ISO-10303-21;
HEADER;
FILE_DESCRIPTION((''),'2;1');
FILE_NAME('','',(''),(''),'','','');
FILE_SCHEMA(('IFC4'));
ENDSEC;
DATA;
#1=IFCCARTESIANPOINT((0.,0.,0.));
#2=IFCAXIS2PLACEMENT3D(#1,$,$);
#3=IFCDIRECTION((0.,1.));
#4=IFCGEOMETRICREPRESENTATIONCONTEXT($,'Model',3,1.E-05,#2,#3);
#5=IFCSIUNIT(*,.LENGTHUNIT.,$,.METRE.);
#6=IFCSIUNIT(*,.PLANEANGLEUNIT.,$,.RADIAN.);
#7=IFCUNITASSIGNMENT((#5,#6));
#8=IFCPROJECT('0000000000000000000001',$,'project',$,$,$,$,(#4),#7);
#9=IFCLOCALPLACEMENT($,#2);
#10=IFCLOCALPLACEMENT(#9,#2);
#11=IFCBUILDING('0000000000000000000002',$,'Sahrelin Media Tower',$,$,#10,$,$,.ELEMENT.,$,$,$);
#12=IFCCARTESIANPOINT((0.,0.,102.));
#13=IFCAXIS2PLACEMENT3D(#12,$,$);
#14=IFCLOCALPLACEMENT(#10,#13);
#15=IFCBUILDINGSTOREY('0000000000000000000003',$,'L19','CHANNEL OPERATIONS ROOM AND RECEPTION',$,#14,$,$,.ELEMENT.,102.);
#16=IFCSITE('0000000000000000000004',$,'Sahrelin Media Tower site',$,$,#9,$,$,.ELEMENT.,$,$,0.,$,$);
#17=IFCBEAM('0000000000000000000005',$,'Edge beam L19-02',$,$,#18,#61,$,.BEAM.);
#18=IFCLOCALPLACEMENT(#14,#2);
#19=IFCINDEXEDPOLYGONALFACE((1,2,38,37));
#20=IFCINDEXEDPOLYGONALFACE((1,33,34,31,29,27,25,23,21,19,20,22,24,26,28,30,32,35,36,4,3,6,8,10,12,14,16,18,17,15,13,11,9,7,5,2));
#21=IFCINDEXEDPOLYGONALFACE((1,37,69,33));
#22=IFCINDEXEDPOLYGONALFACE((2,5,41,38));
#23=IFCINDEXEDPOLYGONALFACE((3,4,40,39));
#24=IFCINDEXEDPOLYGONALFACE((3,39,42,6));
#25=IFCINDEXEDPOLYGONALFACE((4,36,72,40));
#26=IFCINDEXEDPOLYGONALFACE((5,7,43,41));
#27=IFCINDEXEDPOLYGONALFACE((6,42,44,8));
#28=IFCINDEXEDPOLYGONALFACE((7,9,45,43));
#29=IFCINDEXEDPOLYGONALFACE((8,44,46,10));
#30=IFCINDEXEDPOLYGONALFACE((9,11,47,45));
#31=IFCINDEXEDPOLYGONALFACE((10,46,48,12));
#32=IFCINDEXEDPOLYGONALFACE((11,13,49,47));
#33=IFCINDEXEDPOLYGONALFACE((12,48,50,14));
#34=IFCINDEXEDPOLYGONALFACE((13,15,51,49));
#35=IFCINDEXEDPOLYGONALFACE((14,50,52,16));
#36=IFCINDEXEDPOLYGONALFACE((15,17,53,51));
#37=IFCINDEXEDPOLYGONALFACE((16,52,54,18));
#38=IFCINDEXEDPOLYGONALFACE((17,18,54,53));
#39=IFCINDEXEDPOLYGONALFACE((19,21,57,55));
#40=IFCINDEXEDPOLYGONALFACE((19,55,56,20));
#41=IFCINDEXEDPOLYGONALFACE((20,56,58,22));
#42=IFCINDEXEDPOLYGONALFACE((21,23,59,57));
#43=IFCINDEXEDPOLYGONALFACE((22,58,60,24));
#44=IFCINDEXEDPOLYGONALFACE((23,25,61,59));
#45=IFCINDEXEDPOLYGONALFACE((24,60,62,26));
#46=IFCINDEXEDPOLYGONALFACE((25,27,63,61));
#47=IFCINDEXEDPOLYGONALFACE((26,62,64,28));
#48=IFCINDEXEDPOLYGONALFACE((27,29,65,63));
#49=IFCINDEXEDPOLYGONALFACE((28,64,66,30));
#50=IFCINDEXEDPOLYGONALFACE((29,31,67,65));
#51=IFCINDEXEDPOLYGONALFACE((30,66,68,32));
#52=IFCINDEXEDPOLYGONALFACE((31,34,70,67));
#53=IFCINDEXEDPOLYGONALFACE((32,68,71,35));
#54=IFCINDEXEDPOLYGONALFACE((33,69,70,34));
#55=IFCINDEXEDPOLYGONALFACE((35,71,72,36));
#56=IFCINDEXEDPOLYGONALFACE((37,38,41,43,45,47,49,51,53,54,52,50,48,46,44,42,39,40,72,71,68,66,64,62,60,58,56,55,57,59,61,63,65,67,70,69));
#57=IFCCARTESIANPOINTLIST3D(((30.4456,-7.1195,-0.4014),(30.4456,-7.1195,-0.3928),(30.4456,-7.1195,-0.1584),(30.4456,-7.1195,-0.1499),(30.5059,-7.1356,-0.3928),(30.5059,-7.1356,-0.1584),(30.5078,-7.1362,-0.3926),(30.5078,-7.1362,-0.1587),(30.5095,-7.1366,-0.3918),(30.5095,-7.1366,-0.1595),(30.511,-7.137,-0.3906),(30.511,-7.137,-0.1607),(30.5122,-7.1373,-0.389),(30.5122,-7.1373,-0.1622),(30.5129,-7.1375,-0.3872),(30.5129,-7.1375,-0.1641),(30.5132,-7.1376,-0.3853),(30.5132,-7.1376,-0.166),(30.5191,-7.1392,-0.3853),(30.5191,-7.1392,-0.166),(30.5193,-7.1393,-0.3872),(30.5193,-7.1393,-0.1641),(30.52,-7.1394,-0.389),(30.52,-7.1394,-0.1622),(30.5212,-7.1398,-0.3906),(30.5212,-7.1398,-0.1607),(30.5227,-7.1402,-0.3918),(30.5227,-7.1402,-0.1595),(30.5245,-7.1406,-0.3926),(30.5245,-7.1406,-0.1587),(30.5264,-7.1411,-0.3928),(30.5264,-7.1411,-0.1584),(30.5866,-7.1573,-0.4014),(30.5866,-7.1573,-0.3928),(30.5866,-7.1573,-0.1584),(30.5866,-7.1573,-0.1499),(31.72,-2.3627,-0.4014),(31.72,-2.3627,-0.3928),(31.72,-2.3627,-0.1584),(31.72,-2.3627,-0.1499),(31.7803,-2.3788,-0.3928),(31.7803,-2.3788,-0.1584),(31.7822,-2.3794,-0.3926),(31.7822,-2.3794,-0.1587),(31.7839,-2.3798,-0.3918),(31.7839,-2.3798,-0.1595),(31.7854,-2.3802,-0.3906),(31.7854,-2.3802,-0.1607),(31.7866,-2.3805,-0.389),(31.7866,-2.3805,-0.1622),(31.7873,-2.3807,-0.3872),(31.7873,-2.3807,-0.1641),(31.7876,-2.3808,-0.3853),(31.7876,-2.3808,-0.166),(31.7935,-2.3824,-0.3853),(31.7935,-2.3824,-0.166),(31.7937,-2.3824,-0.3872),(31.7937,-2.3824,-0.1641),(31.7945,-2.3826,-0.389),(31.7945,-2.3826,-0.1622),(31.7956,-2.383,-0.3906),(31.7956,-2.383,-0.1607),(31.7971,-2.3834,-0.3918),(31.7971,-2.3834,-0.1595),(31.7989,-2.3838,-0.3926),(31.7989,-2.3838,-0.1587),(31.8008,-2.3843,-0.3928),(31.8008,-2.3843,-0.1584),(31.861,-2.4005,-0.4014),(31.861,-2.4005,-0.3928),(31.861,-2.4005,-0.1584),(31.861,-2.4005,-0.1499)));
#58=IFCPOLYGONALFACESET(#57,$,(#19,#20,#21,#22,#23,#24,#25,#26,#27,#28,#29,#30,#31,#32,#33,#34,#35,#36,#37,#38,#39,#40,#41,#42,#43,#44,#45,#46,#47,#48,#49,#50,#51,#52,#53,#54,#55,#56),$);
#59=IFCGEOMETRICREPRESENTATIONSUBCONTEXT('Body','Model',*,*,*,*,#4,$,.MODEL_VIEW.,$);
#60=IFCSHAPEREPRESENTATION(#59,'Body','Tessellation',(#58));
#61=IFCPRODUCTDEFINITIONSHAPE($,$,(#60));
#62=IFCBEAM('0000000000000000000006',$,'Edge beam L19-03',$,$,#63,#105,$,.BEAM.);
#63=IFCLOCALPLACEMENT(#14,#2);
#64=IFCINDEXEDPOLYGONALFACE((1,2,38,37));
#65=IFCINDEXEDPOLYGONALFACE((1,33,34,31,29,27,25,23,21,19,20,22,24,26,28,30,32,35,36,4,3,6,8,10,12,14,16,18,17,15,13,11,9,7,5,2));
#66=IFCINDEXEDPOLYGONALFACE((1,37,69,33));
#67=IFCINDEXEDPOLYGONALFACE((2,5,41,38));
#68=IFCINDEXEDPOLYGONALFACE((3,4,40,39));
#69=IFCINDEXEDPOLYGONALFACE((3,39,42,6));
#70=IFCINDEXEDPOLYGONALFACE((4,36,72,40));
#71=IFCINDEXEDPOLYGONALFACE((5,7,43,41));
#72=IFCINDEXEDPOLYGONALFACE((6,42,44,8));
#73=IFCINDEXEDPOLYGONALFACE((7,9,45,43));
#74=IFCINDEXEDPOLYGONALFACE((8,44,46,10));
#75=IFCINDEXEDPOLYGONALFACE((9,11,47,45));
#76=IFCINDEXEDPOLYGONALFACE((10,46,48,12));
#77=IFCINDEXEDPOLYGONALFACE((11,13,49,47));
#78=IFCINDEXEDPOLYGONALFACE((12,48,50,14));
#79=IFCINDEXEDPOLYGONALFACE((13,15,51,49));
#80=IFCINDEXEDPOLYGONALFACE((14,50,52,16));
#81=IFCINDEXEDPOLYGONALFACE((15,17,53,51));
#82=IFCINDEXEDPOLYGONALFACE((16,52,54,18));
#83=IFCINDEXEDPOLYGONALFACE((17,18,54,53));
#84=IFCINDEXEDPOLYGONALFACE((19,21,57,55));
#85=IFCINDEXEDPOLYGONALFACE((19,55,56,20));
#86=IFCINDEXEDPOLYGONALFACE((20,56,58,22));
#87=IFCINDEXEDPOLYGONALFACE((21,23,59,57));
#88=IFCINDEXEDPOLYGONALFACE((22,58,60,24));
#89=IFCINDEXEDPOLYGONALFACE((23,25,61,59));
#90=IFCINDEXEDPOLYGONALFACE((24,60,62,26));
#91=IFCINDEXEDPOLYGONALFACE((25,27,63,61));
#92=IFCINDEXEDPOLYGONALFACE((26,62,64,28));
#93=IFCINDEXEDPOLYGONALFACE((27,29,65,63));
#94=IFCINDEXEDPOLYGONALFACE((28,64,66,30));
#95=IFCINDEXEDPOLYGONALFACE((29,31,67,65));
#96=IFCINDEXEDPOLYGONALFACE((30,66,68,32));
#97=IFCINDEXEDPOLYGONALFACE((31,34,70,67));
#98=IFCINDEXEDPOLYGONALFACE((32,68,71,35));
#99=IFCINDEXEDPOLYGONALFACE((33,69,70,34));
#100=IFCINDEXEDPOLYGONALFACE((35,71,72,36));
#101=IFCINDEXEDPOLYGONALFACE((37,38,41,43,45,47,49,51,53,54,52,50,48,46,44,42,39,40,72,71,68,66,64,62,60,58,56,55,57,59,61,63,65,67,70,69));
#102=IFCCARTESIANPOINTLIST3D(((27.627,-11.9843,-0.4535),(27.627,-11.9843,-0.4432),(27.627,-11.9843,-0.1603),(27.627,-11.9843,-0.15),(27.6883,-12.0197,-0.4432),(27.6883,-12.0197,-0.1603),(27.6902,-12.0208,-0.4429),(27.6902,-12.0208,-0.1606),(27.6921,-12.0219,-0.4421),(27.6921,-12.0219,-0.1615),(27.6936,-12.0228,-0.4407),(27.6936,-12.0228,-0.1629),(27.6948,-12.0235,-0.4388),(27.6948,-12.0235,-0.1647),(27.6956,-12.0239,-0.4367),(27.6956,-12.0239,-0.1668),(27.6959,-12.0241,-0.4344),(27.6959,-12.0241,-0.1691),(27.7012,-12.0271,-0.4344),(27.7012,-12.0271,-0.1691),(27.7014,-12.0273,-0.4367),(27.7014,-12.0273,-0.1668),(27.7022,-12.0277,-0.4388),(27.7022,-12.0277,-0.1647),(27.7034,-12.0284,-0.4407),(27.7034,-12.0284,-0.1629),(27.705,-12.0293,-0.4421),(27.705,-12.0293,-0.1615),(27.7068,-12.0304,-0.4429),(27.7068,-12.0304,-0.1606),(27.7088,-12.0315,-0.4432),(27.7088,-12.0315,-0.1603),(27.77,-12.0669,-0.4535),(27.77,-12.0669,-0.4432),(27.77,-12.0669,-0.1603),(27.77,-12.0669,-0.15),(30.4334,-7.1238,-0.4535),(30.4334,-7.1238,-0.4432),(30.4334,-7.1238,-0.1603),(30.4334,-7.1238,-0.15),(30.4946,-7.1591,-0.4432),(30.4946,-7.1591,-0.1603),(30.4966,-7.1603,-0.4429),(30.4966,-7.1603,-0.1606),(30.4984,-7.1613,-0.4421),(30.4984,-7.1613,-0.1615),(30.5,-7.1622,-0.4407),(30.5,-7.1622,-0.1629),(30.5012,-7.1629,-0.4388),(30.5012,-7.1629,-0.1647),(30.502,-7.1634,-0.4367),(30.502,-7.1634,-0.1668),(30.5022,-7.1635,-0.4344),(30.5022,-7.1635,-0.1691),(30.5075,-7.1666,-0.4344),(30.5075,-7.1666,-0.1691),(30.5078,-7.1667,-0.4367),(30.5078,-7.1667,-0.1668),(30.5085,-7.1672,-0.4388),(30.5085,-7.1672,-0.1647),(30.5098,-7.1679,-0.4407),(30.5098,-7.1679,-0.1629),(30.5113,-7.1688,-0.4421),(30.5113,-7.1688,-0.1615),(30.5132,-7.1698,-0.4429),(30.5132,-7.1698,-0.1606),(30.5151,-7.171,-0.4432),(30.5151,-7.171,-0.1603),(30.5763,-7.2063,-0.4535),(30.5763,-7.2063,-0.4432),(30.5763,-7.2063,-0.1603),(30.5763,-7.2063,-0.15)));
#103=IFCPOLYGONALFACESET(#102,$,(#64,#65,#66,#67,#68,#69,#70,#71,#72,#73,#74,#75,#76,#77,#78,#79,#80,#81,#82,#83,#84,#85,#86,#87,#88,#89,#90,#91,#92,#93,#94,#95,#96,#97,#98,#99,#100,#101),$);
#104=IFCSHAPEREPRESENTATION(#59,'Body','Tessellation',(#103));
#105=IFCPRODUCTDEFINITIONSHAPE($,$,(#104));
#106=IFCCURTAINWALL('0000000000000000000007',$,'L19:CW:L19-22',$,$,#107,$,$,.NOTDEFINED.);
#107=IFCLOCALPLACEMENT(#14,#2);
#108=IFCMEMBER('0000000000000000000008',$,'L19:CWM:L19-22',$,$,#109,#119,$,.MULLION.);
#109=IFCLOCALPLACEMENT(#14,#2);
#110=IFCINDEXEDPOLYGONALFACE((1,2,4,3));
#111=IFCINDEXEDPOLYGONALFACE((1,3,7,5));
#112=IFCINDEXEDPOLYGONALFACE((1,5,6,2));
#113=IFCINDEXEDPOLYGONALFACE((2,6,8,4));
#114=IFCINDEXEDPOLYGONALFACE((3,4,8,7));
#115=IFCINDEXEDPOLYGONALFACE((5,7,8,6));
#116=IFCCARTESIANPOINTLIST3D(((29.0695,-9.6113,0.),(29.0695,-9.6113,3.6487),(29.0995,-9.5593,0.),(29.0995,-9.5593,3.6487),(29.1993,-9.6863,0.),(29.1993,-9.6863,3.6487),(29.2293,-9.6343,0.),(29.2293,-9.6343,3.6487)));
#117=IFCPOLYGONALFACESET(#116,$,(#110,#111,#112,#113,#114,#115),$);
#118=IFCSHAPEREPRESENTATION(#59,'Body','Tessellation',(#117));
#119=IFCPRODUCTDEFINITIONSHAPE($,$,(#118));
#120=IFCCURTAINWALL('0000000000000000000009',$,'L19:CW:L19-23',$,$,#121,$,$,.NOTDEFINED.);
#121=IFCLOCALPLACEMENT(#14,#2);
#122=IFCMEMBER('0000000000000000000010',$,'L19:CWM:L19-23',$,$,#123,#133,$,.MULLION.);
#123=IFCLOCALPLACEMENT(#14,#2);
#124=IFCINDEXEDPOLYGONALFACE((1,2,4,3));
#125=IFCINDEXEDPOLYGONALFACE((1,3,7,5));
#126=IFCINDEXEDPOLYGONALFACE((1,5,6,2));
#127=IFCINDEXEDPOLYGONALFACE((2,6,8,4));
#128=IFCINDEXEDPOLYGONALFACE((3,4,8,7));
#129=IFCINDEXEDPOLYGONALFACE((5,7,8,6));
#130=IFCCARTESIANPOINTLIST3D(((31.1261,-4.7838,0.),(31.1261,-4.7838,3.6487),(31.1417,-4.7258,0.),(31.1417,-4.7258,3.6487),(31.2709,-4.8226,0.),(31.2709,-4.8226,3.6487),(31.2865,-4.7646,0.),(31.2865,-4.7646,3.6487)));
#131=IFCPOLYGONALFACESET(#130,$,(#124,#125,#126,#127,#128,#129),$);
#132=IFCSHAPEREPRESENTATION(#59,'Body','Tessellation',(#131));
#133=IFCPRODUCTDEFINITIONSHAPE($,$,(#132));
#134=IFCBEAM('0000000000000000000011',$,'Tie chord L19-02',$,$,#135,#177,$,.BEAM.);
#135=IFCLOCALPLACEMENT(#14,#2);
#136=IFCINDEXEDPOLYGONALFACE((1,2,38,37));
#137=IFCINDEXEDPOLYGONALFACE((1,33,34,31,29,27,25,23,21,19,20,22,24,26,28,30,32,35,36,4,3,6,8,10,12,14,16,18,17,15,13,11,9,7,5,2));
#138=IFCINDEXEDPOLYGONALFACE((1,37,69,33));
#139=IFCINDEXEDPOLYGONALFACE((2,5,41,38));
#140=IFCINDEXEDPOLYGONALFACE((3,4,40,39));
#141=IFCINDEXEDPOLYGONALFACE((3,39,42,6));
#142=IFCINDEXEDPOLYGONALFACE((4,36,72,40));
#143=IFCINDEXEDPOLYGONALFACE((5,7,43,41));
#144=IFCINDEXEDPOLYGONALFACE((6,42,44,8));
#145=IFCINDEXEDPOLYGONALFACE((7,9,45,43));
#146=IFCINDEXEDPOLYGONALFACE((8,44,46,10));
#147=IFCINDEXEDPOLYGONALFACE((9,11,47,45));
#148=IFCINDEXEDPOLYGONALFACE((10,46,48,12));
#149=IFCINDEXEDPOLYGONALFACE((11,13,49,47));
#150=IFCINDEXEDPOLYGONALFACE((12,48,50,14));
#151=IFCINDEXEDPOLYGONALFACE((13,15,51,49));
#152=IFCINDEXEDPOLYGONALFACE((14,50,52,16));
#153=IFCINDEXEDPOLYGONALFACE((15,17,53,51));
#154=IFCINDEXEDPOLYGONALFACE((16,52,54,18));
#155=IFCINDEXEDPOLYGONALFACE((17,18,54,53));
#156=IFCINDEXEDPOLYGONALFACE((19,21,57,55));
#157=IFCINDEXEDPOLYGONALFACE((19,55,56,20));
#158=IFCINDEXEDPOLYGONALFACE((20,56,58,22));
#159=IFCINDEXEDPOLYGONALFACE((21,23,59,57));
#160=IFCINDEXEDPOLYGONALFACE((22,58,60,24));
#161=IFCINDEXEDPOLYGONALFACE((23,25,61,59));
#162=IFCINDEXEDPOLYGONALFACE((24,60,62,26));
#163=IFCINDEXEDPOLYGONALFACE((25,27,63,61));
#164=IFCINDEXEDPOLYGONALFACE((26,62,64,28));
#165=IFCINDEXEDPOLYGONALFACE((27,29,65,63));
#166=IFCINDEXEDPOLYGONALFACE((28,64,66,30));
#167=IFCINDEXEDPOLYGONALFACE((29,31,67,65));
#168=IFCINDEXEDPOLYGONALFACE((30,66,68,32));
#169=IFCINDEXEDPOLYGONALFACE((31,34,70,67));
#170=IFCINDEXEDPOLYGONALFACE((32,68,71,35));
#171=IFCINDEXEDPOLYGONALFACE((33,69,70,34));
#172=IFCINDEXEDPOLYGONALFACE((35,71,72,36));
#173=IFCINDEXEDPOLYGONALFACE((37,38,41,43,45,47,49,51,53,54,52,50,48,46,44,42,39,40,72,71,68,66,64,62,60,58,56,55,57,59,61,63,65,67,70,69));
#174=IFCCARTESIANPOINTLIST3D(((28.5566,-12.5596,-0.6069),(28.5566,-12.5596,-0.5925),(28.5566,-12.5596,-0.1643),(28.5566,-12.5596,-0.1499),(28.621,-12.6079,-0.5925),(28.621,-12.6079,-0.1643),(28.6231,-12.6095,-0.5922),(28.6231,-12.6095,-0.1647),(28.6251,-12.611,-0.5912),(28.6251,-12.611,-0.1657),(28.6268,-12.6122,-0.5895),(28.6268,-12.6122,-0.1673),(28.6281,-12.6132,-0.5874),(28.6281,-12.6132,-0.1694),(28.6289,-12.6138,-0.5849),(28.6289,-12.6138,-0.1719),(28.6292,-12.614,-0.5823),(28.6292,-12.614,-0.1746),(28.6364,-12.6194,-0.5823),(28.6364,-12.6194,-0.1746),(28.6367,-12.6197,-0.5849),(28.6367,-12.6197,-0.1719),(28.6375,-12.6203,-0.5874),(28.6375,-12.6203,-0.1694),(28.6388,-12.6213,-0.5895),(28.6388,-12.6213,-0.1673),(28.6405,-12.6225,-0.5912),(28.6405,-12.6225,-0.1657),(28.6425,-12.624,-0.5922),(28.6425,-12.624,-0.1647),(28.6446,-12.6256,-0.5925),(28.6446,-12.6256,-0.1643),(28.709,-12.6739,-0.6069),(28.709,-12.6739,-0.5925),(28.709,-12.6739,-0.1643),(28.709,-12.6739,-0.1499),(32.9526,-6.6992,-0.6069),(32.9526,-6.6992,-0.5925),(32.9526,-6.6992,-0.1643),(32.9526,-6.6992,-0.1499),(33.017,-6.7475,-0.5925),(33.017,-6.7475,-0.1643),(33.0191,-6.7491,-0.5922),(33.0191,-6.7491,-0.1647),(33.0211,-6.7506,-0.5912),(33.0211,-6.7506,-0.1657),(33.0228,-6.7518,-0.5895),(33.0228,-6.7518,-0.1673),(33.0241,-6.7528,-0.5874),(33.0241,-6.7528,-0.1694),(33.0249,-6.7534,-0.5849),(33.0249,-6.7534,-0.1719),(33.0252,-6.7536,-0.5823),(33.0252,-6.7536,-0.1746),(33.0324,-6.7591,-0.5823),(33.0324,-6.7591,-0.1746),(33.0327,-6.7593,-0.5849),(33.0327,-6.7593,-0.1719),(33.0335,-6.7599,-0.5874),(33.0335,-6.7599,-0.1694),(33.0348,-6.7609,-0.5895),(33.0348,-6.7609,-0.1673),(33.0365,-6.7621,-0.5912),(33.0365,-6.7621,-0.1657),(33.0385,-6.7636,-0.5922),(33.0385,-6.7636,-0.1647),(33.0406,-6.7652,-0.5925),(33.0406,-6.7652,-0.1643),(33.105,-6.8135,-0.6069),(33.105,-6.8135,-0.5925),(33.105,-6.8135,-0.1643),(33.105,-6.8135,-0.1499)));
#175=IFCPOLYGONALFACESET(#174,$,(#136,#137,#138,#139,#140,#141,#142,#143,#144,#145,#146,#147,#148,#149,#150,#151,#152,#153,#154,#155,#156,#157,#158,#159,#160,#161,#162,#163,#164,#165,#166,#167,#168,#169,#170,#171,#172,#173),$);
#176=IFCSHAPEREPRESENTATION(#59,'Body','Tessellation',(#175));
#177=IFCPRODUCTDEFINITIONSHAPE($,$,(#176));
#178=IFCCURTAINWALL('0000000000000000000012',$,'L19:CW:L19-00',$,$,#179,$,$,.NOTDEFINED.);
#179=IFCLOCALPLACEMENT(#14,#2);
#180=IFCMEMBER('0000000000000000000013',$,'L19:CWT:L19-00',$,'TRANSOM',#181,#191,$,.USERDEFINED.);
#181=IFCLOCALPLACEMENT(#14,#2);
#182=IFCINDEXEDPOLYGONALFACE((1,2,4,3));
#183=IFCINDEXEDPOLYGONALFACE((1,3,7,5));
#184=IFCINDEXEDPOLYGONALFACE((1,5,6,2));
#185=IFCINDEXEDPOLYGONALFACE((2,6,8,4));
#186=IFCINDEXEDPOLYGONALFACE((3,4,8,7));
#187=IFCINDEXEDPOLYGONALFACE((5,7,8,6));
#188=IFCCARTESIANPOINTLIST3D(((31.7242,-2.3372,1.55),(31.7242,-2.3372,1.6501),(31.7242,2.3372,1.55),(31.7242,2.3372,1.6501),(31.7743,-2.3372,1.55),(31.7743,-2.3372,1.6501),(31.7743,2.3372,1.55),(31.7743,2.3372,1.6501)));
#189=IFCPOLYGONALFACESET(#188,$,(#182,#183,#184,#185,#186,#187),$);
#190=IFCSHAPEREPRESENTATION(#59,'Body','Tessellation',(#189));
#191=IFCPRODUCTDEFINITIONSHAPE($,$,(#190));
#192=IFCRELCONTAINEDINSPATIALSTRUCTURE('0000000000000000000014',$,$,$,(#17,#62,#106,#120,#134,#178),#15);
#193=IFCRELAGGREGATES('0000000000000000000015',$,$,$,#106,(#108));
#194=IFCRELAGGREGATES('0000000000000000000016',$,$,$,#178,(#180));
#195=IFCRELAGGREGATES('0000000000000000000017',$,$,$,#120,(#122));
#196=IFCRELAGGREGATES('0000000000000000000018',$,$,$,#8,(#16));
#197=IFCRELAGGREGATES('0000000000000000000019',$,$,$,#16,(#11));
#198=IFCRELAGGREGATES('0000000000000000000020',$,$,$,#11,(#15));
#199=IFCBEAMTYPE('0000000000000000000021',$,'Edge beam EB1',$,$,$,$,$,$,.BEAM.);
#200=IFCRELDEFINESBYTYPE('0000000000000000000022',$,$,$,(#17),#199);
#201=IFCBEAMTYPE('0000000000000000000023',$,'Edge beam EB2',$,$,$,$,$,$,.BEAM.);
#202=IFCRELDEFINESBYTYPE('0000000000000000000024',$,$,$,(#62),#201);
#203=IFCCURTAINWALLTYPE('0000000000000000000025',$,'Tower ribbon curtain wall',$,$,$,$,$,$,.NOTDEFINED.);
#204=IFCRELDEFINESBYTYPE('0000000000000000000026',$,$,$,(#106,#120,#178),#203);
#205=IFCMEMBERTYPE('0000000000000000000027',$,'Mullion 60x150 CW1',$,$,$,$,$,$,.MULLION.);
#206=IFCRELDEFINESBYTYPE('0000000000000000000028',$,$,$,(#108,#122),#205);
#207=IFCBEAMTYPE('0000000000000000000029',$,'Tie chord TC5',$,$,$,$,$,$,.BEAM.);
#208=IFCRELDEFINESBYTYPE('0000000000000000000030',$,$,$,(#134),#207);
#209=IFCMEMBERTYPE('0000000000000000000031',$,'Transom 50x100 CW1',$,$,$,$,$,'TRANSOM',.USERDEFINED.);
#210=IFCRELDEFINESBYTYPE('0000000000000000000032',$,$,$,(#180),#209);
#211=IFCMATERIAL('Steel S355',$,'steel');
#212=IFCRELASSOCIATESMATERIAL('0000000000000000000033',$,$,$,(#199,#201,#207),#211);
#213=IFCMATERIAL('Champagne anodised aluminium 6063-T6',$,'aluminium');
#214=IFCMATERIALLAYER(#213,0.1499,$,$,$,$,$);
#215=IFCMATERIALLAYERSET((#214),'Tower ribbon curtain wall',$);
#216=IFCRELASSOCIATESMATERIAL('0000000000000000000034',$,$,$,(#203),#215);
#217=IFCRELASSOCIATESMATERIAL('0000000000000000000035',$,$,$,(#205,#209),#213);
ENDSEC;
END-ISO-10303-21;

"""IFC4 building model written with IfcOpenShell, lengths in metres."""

from ifc_helpers import new_model, si_unit, direction, frame, origin, origin_2d, place, context, subcontext, project, spatial, rectangle, i_section, extrude, material, layer, layer_set, material_profile, profile_set, type_object, element, aggregate, save


model = new_model("IFC4")

# Units and contexts
model_context = context("Model", 3, precision=1e-05, world=origin(), true_north=direction((0.0, 1.0)))
body_context = subcontext(model_context, "Body", "Model", "MODEL_VIEW")
ifc_project = project(units=[si_unit("LENGTHUNIT", "METRE"), si_unit("PLANEANGLEUNIT", "RADIAN")], contexts=[model_context])

# Site, building, storey
site_placement = place(None, origin())
site = spatial("IfcSite", under=ifc_project, at=site_placement, Name="Sahrelin Media Tower site", CompositionType="ELEMENT", RefElevation=0.0)
building_placement = place(site_placement, origin())
building = spatial("IfcBuilding", under=site, at=building_placement, Name="Sahrelin Media Tower", CompositionType="ELEMENT")
storey_placement = place(building_placement, frame((0.0, 0.0, 102.0)))
storey = spatial("IfcBuildingStorey", under=building, at=storey_placement, Name="L19", Description="CHANNEL OPERATIONS ROOM AND RECEPTION", CompositionType="ELEMENT", Elevation=102.0)

# Beams
ifc_material_1 = material(Name="Steel S355", Category="steel")
ifc_material_profile_1 = material_profile(ifc_material_1, i_section(OverallWidth=0.146, OverallDepth=0.2515, WebThickness=0.0061, FlangeThickness=0.0085, FilletRadius=0.0076, at=origin_2d()), Name="UB 254x146x31")
ifc_profile_set_1 = profile_set([ifc_material_profile_1], Name="Steel S355")
beam_type_1 = type_object("IfcBeamType", Name="Edge beam EB1", PredefinedType="BEAM", material=ifc_profile_set_1)
beam_1_placement = place(storey_placement, frame((31.7905, -2.3816, -0.2756), z_axis=(-0.258786, -0.965935, 0.0), x_axis=(0.965935, -0.258786, 0.0)))
element("IfcBeam", 1, at=beam_1_placement, inside=storey, type_object=beam_type_1, Name="Edge beam L19-02", PredefinedType="BEAM", context=body_context, shape_type="SweptSolid", body=[
    extrude(i_section(OverallWidth=0.146, OverallDepth=0.2515, WebThickness=0.0061, FlangeThickness=0.0085, FilletRadius=0.0076, at=origin_2d()), origin(), (0.0, 0.0, 1.0), 4.9246),
])
ifc_material_profile_2 = material_profile(ifc_material_1, i_section(OverallWidth=0.165, OverallDepth=0.3035, WebThickness=0.0061, FlangeThickness=0.0103, FilletRadius=0.0088, at=origin_2d()), Name="UB 305x165x40")
ifc_profile_set_2 = profile_set([ifc_material_profile_2], Name="Steel S355")
beam_type_2 = type_object("IfcBeamType", Name="Edge beam EB2", PredefinedType="BEAM", material=ifc_profile_set_2)
beam_2_placement = place(storey_placement, frame((30.5049, -7.165, -0.3018), z_axis=(-0.500017, -0.866015, 0.0), x_axis=(0.866015, -0.500017, 0.0)))
element("IfcBeam", 2, at=beam_2_placement, inside=storey, type_object=beam_type_2, Name="Edge beam L19-03", PredefinedType="BEAM", context=body_context, shape_type="SweptSolid", body=[
    extrude(i_section(OverallWidth=0.165, OverallDepth=0.3035, WebThickness=0.0061, FlangeThickness=0.0103, FilletRadius=0.0088, at=origin_2d()), origin(), (0.0, 0.0, 1.0), 5.6125),
])

# Curtain walls, members
ifc_material_2 = material(Name="Champagne anodised aluminium 6063-T6", Category="aluminium")
ifc_layer_1 = layer(ifc_material_2, 0.1499)
ifc_layer_set_1 = layer_set([ifc_layer_1], Name="Tower ribbon curtain wall")
curtain_wall_type = type_object("IfcCurtainWallType", Name="Tower ribbon curtain wall", PredefinedType="NOTDEFINED", material=ifc_layer_set_1)
curtain_wall_1_placement = place(storey_placement, frame((29.2317, -9.6704, 0.0), z_axis=(0.0, 0.0, 1.0), x_axis=(1.0, 0.0, 0.0)))
curtain_wall_1 = element("IfcCurtainWall", 3, at=curtain_wall_1_placement, inside=storey, type_object=curtain_wall_type, Name="L19:CW:L19-22", PredefinedType="NOTDEFINED")
ifc_material_profile_3 = material_profile(ifc_material_2, rectangle(XDim=0.0601, YDim=0.1499, at=origin_2d()), Name="Mullion 60x150")
ifc_profile_set_3 = profile_set([ifc_material_profile_3], Name="Champagne anodised aluminium 6063-T6")
member_type_1 = type_object("IfcMemberType", Name="Mullion 60x150 CW1", PredefinedType="MULLION", material=ifc_profile_set_3)
member_1_placement = place(storey_placement, frame((29.1494, -9.6228, 0.0), z_axis=(0.0, 0.0, 1.0), x_axis=(0.500005, 0.866023, 0.0)))
member_1 = element("IfcMember", 4, at=member_1_placement, type_object=member_type_1, Name="L19:CWM:L19-22", PredefinedType="MULLION", context=body_context, shape_type="SweptSolid", body=[
    extrude(rectangle(XDim=0.0601, YDim=0.1499, at=origin_2d()), origin(), (0.0, 0.0, 1.0), 3.6487),
])
aggregate(curtain_wall_1, [member_1])
curtain_wall_2_placement = place(storey_placement, frame((31.2981, -4.7988, 0.0), z_axis=(0.0, 0.0, 1.0), x_axis=(1.0, 0.0, 0.0)))
curtain_wall_2 = element("IfcCurtainWall", 5, at=curtain_wall_2_placement, inside=storey, type_object=curtain_wall_type, Name="L19:CW:L19-23", PredefinedType="NOTDEFINED")
member_2_placement = place(storey_placement, frame((31.2063, -4.7742, 0.0), z_axis=(0.0, 0.0, 1.0), x_axis=(0.258811, 0.965928, 0.0)))
member_2 = element("IfcMember", 6, at=member_2_placement, type_object=member_type_1, Name="L19:CWM:L19-23", PredefinedType="MULLION", context=body_context, shape_type="SweptSolid", body=[
    extrude(rectangle(XDim=0.0601, YDim=0.1499, at=origin_2d()), origin(), (0.0, 0.0, 1.0), 3.6487),
])

# Beam
ifc_material_profile_4 = material_profile(ifc_material_1, i_section(OverallWidth=0.1904, OverallDepth=0.457, WebThickness=0.009, FlangeThickness=0.0144, FilletRadius=0.0103, at=origin_2d()), Name="UB 457x191x74")
ifc_profile_set_4 = profile_set([ifc_material_profile_4], Name="Steel S355")
beam_type_3 = type_object("IfcBeamType", Name="Tie chord TC5", PredefinedType="BEAM", material=ifc_profile_set_4)
beam_3_placement = place(storey_placement, frame((33.0288, -6.7563, -0.3784), z_axis=(-0.600064, -0.799952, 0.0), x_axis=(0.799952, -0.600064, 0.0)))
element("IfcBeam", 7, at=beam_3_placement, inside=storey, type_object=beam_type_3, Name="Tie chord L19-02", PredefinedType="BEAM", context=body_context, shape_type="SweptSolid", body=[
    extrude(i_section(OverallWidth=0.1904, OverallDepth=0.457, WebThickness=0.009, FlangeThickness=0.0144, FilletRadius=0.0103, at=origin_2d()), origin(), (0.0, 0.0, 1.0), 7.3259),
])

# Curtain wall, member
curtain_wall_3_placement = place(storey_placement, frame((31.9443, 0.0, 0.0), z_axis=(0.0, 0.0, 1.0), x_axis=(1.0, 0.0, 0.0)))
curtain_wall_3 = element("IfcCurtainWall", 8, at=curtain_wall_3_placement, inside=storey, type_object=curtain_wall_type, Name="L19:CW:L19-00", PredefinedType="NOTDEFINED")
ifc_material_profile_5 = material_profile(ifc_material_2, rectangle(XDim=0.05, YDim=0.1001, at=origin_2d()), Name="Transom 50x100")
ifc_profile_set_5 = profile_set([ifc_material_profile_5], Name="Champagne anodised aluminium 6063-T6")
member_type_2 = type_object("IfcMemberType", Name="Transom 50x100 CW1", ElementType="TRANSOM", PredefinedType="USERDEFINED", material=ifc_profile_set_5)
member_3_placement = place(storey_placement, frame((31.7493, -2.3372, 1.6001), z_axis=(0.0, 1.0, 0.0), x_axis=(-1.0, 0.0, 0.0)))
member_3 = element("IfcMember", 9, at=member_3_placement, type_object=member_type_2, Name="L19:CWT:L19-00", ObjectType="TRANSOM", PredefinedType="USERDEFINED", context=body_context, shape_type="SweptSolid", body=[
    extrude(rectangle(XDim=0.05, YDim=0.1001, at=origin_2d()), origin(), (0.0, 0.0, 1.0), 4.6743),
])

aggregate(curtain_wall_3, [member_3])
aggregate(curtain_wall_2, [member_2])

save(model, "model.ifc")
